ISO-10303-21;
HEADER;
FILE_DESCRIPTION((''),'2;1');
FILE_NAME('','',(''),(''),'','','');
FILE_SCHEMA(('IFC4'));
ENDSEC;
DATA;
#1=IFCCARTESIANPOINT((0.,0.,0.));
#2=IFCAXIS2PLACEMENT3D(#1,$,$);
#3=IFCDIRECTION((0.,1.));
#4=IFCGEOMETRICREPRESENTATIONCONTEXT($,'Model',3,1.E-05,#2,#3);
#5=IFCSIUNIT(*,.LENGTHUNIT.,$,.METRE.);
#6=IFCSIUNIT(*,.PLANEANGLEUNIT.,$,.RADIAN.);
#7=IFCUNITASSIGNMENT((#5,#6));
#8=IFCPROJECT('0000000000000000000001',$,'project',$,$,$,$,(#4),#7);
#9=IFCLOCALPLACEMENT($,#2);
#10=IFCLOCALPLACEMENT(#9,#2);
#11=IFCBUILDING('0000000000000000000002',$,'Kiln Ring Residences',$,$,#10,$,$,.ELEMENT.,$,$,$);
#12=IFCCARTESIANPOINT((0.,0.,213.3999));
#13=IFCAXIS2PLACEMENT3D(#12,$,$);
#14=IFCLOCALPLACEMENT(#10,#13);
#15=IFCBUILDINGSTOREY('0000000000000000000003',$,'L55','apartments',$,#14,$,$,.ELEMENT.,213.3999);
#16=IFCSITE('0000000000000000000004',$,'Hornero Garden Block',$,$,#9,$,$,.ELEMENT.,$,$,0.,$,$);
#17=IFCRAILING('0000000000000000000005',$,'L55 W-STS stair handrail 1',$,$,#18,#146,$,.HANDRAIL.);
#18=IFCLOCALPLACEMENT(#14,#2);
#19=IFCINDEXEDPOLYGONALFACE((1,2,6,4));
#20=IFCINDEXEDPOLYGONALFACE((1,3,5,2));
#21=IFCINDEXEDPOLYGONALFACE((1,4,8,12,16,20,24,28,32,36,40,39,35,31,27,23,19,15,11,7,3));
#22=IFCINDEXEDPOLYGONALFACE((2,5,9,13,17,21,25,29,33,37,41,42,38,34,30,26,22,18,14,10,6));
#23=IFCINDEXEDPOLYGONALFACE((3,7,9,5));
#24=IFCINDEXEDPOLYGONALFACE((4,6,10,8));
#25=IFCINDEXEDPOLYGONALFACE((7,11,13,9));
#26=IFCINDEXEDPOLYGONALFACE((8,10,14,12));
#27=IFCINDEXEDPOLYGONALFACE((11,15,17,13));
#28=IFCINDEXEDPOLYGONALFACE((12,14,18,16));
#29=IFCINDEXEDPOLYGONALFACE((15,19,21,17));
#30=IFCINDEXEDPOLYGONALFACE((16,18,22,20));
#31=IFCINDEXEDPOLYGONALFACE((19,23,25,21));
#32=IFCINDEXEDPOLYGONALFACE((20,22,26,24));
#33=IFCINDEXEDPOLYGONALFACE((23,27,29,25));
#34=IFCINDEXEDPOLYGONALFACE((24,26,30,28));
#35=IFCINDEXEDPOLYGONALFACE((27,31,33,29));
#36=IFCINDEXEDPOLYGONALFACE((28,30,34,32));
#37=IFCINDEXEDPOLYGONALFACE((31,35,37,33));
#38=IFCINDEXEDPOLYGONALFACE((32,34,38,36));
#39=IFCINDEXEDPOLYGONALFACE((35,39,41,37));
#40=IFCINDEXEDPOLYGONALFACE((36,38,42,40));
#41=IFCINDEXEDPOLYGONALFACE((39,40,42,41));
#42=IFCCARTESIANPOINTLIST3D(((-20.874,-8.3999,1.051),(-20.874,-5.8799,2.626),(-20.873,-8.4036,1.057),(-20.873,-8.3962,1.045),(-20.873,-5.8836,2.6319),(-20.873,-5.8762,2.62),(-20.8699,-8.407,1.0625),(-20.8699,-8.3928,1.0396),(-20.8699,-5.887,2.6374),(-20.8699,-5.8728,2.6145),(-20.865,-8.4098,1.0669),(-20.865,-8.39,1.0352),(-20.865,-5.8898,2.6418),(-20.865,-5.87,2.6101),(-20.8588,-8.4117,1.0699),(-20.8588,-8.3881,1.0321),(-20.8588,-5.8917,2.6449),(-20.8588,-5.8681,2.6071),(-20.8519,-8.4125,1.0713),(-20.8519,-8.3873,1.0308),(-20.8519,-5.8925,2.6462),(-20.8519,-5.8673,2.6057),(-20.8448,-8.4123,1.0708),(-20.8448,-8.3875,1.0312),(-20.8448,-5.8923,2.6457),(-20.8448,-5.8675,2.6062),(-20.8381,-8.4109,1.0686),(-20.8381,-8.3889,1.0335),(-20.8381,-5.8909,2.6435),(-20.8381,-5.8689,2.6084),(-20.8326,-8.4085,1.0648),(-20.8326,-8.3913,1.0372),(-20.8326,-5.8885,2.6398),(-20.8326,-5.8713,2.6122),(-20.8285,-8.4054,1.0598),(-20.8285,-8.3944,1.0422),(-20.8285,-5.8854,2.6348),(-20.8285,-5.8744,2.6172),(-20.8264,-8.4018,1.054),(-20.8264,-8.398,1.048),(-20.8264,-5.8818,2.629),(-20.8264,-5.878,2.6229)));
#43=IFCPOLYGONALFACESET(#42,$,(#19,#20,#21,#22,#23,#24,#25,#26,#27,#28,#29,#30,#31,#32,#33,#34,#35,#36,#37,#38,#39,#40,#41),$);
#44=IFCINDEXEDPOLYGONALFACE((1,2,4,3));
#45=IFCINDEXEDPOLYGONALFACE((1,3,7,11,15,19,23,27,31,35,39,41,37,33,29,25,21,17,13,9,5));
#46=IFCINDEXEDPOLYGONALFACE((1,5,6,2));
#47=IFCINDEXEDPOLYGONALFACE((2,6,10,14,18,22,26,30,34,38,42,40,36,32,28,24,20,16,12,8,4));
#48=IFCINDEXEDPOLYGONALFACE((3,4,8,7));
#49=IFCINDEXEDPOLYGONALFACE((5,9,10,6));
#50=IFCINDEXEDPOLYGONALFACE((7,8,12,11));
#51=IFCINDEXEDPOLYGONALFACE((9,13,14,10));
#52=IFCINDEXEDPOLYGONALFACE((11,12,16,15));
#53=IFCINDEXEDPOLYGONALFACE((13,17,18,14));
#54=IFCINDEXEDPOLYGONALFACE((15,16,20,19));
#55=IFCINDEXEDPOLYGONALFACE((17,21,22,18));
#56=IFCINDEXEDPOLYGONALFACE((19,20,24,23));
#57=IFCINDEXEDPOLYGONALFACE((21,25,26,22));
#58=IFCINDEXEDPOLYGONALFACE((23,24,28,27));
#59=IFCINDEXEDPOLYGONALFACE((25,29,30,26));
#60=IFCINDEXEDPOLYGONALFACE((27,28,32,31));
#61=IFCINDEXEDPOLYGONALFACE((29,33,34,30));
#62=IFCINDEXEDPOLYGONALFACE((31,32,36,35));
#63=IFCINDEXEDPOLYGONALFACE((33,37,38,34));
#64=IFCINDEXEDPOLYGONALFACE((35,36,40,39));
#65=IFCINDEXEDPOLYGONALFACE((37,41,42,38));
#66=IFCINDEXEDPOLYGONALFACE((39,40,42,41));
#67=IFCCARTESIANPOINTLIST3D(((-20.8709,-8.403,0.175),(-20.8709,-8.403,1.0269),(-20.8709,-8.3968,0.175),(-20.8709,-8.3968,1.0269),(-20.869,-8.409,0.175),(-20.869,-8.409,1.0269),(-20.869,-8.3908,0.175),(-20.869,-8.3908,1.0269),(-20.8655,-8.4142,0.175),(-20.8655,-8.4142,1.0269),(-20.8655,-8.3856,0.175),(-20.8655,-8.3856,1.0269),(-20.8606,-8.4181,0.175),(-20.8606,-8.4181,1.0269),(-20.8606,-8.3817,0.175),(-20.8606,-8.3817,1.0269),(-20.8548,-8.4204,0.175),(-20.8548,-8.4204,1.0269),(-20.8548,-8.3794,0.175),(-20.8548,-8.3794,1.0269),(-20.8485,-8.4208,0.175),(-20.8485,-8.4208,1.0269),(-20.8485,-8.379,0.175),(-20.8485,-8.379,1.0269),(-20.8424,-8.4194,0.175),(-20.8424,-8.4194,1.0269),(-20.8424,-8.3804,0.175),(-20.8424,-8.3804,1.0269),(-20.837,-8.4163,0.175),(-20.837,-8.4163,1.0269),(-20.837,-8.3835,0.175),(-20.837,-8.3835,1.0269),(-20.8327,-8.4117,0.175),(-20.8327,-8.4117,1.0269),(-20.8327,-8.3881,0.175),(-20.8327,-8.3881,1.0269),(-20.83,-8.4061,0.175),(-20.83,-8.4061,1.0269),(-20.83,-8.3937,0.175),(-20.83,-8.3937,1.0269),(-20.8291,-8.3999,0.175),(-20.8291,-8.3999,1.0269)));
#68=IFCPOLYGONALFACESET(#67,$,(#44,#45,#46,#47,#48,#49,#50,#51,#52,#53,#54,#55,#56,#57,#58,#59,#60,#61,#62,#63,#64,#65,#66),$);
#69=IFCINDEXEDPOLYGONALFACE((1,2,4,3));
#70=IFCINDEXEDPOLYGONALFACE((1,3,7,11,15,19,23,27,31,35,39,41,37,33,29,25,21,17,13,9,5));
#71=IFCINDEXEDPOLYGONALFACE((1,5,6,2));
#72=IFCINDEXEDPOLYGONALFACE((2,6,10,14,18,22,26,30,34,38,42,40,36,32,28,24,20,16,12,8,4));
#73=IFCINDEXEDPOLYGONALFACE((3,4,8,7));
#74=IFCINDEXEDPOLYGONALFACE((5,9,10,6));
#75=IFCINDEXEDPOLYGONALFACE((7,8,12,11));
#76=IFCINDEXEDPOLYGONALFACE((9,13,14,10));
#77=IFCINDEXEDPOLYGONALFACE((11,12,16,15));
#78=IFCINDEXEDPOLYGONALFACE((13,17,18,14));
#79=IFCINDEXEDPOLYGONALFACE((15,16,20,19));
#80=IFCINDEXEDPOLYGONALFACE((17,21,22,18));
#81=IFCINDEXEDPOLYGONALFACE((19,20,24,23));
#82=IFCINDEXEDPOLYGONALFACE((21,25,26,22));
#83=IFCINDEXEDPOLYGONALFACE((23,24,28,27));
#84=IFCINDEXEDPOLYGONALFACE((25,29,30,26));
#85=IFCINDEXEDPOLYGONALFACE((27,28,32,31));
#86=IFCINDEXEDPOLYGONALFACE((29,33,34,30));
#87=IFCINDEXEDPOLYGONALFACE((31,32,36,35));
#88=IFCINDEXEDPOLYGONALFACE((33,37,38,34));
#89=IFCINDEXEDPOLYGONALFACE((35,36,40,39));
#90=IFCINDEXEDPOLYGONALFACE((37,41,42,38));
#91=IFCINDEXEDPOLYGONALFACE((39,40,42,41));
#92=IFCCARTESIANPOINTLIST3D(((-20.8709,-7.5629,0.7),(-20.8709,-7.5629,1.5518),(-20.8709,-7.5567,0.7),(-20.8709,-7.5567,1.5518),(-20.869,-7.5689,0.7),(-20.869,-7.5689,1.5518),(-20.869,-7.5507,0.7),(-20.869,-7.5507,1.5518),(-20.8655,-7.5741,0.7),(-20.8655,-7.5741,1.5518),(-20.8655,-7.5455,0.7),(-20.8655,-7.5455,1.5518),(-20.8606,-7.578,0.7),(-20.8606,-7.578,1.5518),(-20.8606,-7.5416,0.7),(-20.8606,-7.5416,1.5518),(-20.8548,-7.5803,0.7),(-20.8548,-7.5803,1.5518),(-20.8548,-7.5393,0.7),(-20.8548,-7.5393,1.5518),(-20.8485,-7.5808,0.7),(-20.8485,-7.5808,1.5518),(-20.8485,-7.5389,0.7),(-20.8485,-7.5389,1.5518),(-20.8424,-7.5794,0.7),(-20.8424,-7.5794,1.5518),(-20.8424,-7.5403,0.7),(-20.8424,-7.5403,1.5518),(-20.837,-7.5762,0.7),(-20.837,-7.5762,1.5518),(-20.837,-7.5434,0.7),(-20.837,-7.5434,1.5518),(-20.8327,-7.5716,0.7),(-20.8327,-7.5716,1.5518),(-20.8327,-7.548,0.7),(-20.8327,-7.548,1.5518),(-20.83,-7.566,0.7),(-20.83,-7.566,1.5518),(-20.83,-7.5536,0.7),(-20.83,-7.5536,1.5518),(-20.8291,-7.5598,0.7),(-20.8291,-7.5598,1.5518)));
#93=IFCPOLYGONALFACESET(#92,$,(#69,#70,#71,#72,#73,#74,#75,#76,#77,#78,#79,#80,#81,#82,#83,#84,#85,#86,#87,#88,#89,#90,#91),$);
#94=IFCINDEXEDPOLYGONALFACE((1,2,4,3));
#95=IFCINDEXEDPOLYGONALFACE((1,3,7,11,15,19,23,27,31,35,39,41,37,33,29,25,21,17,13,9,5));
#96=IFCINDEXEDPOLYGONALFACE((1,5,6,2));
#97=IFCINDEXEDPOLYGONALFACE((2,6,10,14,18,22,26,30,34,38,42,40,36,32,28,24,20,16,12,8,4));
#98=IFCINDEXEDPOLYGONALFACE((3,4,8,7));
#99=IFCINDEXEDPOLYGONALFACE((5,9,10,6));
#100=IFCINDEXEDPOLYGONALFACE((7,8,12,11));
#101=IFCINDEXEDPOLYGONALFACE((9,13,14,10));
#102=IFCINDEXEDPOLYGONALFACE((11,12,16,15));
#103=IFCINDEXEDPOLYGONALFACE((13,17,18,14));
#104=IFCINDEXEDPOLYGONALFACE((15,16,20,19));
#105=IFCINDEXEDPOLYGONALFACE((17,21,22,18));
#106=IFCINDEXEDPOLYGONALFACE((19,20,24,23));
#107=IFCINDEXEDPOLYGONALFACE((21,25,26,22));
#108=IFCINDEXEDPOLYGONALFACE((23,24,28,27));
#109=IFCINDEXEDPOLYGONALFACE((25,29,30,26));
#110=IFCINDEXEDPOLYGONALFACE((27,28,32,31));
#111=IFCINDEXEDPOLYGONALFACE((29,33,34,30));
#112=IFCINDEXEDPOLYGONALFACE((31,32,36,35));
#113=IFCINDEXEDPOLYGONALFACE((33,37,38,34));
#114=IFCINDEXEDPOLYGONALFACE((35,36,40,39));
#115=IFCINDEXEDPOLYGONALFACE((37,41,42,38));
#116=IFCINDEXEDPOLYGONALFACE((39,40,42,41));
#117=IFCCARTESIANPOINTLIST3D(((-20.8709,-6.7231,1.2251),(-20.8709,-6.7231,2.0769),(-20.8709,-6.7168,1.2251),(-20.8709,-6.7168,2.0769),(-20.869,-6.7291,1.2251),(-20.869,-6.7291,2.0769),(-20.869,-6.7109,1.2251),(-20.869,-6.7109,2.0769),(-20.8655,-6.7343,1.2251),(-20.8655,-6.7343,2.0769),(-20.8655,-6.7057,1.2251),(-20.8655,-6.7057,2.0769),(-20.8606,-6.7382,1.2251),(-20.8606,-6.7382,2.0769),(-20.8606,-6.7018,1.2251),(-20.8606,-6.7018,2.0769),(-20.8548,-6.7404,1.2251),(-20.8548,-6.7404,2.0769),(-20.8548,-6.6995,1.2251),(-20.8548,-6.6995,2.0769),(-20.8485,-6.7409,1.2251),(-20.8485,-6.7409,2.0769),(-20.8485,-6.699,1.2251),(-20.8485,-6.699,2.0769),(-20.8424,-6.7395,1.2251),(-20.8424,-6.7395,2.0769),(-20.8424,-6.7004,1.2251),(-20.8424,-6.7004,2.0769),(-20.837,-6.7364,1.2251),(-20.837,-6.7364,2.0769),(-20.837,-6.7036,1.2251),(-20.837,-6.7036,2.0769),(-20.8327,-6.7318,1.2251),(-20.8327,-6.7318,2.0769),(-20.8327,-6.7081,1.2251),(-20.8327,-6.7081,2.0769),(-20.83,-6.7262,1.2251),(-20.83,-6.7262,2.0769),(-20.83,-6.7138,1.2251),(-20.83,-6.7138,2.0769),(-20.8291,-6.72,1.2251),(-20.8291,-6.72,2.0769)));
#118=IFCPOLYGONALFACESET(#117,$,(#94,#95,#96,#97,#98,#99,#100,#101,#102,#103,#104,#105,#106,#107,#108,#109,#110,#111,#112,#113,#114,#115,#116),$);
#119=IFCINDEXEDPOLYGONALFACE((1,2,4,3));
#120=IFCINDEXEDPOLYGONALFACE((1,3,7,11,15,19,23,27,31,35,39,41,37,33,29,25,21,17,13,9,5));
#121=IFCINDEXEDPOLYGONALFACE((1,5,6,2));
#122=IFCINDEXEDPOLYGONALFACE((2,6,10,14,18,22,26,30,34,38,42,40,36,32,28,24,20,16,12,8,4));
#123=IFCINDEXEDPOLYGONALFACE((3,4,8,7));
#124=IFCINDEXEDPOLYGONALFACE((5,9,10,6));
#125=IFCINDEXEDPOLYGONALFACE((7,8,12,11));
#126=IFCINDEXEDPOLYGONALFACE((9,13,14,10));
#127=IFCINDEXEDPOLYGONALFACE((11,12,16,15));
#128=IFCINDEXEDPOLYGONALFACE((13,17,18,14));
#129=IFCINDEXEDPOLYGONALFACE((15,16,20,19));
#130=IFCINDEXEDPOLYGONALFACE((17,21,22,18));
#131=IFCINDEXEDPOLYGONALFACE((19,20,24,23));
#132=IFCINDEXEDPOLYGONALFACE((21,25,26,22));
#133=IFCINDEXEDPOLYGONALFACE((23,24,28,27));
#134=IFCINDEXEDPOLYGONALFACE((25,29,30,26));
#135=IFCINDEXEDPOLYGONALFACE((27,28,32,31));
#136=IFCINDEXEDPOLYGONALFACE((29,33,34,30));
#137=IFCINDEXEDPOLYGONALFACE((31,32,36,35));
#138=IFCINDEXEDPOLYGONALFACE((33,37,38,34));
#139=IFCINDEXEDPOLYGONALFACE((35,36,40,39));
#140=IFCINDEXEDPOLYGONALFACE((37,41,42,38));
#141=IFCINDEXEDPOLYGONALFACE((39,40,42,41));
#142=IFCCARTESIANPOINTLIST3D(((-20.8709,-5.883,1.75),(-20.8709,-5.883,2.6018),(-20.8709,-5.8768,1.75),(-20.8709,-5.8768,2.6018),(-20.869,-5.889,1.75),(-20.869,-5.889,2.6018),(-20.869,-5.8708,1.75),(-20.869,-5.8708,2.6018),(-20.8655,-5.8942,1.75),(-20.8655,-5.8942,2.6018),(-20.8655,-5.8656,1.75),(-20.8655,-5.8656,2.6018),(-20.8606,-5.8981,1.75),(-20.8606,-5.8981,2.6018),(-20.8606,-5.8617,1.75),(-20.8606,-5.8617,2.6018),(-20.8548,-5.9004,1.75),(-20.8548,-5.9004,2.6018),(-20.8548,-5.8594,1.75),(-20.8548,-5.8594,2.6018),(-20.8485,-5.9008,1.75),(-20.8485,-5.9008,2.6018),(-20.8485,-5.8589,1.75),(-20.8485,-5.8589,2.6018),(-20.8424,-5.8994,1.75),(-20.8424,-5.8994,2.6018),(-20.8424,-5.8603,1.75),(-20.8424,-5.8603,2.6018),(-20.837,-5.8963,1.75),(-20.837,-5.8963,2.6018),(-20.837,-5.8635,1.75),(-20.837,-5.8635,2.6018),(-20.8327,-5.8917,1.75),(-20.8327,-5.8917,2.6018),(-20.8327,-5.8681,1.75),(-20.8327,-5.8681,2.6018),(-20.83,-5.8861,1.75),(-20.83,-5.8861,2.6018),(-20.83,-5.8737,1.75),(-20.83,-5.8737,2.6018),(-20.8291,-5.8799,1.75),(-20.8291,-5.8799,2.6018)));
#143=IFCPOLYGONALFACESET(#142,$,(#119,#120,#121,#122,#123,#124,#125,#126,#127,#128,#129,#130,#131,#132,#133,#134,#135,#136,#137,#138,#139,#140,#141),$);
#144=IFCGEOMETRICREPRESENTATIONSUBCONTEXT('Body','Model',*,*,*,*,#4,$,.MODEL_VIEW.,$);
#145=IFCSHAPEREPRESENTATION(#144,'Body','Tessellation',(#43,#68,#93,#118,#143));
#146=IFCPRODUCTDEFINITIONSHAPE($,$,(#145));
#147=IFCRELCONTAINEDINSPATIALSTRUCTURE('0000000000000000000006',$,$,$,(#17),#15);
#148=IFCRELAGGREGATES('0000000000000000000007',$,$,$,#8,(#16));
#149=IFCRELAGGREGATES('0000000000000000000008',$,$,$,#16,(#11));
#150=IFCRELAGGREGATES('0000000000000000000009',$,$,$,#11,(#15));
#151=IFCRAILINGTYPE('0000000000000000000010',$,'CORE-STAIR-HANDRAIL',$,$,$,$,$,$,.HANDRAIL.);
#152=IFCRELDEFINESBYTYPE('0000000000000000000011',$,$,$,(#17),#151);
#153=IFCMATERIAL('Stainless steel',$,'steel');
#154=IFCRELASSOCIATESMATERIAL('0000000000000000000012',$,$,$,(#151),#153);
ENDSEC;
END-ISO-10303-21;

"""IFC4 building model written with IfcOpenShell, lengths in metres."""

from ifc_helpers import new_model, si_unit, direction, frame, origin, origin_2d, place, context, subcontext, project, spatial, circle, extrude, material, type_object, element, save


model = new_model("IFC4")

# Units and contexts
model_context = context("Model", 3, precision=1e-05, world=origin(), true_north=direction((0.0, 1.0)))
body_context = subcontext(model_context, "Body", "Model", "MODEL_VIEW")
ifc_project = project(units=[si_unit("LENGTHUNIT", "METRE"), si_unit("PLANEANGLEUNIT", "RADIAN")], contexts=[model_context])

# Site, building, storey
site_placement = place(None, origin())
site = spatial("IfcSite", under=ifc_project, at=site_placement, Name="Hornero Garden Block", CompositionType="ELEMENT", RefElevation=0.0)
building_placement = place(site_placement, origin())
building = spatial("IfcBuilding", under=site, at=building_placement, Name="Kiln Ring Residences", CompositionType="ELEMENT")
storey_placement = place(building_placement, frame((0.0, 0.0, 213.3999)))
storey = spatial("IfcBuildingStorey", under=building, at=storey_placement, Name="L55", Description="apartments", CompositionType="ELEMENT", Elevation=213.3999)

# Railing
ifc_material_1 = material(Name="Stainless steel", Category="steel")
railing_type_1 = type_object("IfcRailingType", Name="CORE-STAIR-HANDRAIL", PredefinedType="HANDRAIL", material=ifc_material_1)
railing_1_placement = place(storey_placement, frame((-20.8501, -8.3999, 0.175)))
element("IfcRailing", 1, at=railing_1_placement, inside=storey, type_object=railing_type_1, Name="L55 W-STS stair handrail 1", PredefinedType="HANDRAIL", context=body_context, shape_type="SweptSolid", body=[
    extrude(circle(Radius=0.0239, at=origin_2d()), frame((0.0, 0.0, 0.876), z_axis=(0.0, 0.848008, 0.529984), x_axis=(-1.0, 0.0, 0.0)), (0.0, 0.0, 1.0), 2.9717),
    extrude(circle(Radius=0.021, at=origin_2d()), origin(), (0.0, 0.0, 1.0), 0.8518),
    extrude(circle(Radius=0.021, at=origin_2d()), frame((0.0, 0.8401, 0.5249)), (0.0, 0.0, 1.0), 0.8518),
    extrude(circle(Radius=0.021, at=origin_2d()), frame((0.0, 1.6799, 1.05)), (0.0, 0.0, 1.0), 0.8518),
    extrude(circle(Radius=0.021, at=origin_2d()), frame((0.0, 2.52, 1.575)), (0.0, 0.0, 1.0), 0.8518),
])

save(model, "model.ifc")
